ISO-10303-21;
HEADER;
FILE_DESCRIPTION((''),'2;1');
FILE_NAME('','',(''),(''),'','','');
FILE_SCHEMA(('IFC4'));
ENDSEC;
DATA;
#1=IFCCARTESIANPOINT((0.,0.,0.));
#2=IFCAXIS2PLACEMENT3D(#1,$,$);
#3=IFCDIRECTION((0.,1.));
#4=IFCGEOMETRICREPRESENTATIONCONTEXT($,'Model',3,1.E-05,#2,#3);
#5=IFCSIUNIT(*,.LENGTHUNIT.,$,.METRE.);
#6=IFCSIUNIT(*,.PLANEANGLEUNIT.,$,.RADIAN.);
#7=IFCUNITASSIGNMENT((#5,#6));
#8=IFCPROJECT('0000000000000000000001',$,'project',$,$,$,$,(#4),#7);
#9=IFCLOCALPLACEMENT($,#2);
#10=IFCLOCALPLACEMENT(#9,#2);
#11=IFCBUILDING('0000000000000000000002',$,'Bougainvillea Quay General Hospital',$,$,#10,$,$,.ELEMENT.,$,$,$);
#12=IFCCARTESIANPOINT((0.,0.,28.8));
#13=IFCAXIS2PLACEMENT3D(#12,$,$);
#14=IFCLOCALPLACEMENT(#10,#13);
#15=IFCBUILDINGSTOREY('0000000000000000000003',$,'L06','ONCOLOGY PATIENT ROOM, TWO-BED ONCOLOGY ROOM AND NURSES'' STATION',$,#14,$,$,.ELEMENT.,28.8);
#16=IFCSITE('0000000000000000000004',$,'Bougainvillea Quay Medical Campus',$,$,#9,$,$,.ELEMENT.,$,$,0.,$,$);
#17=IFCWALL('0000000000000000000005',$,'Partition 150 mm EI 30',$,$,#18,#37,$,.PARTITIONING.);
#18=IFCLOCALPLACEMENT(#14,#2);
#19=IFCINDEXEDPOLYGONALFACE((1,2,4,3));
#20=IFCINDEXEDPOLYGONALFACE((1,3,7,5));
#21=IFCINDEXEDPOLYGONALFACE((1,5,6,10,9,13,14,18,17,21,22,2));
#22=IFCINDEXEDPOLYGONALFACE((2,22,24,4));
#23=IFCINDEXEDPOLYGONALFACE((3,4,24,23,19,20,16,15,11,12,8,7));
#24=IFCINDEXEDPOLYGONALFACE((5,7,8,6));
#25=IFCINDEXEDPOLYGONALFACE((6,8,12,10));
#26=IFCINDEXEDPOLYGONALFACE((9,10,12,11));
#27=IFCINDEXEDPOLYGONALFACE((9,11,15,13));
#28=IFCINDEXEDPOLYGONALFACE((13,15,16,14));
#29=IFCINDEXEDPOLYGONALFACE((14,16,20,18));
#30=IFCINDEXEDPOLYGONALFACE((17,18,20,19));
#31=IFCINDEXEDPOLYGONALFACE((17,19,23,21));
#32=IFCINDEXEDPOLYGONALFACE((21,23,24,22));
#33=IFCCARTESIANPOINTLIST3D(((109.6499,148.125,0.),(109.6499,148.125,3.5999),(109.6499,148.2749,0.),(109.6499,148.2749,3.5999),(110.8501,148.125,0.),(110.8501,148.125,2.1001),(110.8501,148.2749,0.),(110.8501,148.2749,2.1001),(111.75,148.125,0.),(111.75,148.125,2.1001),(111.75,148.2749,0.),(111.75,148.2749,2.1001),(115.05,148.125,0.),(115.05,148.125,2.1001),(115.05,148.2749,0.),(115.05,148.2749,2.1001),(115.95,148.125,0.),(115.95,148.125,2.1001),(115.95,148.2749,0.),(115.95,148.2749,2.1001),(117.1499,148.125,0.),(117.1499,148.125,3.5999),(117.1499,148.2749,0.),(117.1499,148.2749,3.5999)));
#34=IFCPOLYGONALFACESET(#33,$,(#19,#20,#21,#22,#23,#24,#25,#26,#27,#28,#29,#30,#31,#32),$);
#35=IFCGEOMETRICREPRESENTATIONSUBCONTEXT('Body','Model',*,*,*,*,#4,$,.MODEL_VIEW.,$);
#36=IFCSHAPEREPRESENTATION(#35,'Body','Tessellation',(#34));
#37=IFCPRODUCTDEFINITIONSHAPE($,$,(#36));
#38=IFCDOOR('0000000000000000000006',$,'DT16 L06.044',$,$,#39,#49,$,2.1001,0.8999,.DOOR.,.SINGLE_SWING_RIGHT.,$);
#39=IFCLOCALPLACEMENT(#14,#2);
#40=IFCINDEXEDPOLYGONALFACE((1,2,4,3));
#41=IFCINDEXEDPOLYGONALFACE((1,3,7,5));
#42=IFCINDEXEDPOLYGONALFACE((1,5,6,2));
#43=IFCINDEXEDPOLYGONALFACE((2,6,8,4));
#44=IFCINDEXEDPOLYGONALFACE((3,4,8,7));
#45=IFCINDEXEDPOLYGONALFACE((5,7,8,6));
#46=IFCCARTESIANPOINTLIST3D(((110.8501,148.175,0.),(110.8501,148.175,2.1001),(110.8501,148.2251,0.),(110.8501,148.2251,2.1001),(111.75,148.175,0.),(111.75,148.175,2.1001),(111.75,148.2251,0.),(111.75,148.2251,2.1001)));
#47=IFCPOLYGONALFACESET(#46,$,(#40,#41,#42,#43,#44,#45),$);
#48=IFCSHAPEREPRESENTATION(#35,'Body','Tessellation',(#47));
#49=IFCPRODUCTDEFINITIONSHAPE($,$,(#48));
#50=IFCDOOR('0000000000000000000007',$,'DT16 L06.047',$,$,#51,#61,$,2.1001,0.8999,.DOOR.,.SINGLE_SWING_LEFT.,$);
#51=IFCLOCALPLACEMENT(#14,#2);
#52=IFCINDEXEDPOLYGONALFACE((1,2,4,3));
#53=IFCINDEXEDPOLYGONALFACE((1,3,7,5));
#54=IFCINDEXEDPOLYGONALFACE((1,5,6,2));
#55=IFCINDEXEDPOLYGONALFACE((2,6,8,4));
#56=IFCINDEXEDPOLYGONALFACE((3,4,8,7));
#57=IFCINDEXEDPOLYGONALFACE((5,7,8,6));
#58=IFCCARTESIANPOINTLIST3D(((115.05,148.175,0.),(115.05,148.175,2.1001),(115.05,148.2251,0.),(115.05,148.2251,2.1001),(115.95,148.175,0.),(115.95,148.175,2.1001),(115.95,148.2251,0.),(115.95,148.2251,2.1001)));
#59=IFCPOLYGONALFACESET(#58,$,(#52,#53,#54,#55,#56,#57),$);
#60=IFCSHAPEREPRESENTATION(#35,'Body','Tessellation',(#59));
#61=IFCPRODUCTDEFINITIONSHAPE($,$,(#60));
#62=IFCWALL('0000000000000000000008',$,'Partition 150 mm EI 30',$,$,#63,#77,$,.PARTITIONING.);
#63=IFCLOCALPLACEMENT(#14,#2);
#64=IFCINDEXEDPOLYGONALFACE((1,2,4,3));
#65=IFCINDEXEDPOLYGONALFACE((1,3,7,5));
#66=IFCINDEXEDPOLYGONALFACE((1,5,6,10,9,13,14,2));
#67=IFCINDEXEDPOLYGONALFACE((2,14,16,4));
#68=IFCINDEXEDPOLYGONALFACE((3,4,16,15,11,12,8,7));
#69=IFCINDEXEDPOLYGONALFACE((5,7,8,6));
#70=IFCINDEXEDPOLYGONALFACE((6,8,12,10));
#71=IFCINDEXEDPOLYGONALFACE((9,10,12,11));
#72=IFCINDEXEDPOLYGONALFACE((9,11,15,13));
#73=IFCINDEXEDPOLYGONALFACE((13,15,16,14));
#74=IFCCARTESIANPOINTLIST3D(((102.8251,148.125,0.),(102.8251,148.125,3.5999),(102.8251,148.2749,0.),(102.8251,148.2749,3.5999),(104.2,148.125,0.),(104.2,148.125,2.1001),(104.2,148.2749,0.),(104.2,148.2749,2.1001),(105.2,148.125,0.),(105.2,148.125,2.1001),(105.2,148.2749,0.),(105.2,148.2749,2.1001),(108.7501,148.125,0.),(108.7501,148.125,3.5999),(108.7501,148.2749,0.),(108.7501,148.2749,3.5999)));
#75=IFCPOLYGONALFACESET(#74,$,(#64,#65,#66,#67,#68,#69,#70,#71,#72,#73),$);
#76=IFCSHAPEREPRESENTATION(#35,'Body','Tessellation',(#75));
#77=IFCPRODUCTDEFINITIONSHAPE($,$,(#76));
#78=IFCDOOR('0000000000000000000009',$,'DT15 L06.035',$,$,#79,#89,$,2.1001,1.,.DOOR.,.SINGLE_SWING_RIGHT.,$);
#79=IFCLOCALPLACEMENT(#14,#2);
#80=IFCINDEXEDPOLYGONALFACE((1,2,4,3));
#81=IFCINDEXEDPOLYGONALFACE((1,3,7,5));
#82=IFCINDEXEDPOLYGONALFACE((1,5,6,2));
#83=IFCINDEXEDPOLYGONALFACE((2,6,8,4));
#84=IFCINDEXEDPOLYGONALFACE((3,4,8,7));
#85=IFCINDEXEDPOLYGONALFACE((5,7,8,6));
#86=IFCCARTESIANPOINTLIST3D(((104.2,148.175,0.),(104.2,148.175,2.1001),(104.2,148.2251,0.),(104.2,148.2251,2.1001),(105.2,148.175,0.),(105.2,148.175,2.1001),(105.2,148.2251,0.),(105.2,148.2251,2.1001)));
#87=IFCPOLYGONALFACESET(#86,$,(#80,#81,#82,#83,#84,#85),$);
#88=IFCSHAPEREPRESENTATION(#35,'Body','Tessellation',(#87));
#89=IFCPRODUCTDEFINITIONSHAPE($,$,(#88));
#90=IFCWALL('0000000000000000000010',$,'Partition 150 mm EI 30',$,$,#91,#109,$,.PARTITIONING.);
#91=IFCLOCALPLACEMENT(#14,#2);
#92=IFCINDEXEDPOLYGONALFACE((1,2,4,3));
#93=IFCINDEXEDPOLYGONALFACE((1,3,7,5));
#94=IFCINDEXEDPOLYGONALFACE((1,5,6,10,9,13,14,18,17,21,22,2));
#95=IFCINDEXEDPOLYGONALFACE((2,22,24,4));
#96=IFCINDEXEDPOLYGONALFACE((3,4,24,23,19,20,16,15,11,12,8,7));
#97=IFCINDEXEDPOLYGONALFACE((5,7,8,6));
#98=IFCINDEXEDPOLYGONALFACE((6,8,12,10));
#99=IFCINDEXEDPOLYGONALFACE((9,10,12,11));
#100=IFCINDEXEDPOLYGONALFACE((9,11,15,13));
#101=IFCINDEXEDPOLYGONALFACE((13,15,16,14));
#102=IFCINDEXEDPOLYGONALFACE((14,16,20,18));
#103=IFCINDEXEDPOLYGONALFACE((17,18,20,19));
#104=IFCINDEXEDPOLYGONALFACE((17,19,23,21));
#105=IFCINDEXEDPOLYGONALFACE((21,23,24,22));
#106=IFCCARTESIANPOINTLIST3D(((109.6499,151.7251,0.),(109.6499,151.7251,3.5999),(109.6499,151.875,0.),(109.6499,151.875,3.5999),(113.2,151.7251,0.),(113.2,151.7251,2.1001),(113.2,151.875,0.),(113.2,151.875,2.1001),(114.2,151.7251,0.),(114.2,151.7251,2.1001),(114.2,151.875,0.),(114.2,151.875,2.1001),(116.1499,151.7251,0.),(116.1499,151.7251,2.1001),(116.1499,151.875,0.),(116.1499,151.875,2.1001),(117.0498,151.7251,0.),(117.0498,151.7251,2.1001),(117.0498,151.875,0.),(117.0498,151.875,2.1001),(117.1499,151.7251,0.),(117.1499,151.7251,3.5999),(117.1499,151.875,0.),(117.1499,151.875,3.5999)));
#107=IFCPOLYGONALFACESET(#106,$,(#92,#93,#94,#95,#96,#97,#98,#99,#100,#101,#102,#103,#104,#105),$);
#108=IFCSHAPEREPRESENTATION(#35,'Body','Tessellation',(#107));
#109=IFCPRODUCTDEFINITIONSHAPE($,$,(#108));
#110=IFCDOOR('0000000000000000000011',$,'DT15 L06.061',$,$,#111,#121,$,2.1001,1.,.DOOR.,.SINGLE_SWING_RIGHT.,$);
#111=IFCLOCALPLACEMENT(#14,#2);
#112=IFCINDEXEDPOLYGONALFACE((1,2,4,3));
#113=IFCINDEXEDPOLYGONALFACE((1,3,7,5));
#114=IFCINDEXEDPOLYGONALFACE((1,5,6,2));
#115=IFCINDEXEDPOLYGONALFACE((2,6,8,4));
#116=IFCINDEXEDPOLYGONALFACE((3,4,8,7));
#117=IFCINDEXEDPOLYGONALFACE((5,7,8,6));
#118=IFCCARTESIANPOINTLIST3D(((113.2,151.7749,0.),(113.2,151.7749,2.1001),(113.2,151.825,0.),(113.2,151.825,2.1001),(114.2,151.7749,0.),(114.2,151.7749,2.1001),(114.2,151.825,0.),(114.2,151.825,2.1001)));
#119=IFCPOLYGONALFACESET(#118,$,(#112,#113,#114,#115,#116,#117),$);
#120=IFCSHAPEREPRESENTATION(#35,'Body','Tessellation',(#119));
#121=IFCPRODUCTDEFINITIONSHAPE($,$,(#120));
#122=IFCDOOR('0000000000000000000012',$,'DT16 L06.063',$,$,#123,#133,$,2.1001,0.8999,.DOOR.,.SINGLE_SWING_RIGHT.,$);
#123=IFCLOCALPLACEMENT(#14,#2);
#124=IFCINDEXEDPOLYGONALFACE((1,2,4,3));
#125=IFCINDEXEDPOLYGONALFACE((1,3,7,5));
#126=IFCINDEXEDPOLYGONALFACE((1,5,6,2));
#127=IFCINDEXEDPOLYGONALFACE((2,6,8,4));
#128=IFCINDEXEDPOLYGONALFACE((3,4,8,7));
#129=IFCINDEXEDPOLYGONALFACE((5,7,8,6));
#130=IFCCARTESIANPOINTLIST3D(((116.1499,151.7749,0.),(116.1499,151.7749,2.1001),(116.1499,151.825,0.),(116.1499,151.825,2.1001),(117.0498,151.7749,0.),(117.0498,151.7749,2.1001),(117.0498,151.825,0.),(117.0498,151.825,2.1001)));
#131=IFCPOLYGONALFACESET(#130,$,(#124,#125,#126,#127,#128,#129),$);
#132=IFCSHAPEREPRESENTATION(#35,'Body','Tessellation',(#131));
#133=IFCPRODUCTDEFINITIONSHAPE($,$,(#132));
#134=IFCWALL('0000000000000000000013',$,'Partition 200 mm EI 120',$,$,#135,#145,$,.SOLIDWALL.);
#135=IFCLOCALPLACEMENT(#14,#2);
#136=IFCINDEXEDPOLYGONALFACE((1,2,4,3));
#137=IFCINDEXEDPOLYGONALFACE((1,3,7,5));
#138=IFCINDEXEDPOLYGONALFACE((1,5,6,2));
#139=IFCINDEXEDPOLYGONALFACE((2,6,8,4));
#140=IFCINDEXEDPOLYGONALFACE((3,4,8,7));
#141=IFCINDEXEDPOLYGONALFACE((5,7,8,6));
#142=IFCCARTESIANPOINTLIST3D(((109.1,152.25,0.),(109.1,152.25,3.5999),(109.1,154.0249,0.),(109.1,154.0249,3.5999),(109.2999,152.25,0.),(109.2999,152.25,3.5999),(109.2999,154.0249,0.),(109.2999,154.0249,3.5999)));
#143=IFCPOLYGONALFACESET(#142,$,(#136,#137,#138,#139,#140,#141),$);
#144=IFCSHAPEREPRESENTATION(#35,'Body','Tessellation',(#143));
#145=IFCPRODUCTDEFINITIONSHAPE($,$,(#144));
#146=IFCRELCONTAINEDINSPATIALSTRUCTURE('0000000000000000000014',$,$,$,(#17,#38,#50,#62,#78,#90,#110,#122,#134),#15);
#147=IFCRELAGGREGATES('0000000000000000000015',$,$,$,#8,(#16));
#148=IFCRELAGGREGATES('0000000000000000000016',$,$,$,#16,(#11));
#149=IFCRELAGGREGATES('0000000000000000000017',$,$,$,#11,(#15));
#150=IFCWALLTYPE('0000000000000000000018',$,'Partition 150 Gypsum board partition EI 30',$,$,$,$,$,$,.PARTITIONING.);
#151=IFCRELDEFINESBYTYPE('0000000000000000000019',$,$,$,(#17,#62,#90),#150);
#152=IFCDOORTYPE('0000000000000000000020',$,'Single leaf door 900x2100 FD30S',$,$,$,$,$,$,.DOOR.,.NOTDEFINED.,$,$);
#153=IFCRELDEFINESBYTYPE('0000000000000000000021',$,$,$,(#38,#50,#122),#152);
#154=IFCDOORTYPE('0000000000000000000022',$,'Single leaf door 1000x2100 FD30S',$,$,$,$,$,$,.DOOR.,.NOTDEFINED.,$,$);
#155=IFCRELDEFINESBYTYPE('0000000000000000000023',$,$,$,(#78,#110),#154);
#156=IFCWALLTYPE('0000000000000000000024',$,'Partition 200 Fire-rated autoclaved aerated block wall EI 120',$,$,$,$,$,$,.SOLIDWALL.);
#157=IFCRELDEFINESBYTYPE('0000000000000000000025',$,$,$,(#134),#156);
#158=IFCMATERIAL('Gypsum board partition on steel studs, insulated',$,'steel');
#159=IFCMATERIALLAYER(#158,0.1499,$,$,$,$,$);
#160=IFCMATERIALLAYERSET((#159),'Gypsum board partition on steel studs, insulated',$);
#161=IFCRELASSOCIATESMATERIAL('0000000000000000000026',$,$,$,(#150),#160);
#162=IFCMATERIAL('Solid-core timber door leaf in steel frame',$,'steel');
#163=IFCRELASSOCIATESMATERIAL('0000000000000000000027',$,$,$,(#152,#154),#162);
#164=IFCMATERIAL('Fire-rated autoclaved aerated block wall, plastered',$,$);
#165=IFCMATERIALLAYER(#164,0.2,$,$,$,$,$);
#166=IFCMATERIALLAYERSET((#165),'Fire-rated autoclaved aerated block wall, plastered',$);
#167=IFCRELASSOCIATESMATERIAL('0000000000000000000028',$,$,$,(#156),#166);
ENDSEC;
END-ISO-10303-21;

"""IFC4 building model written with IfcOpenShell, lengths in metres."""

from ifc_helpers import new_model, si_unit, direction, frame, frame_2d, origin, place, context, subcontext, project, spatial, rectangle, extrude, material, layer, layer_set, type_object, element, fill, save


model = new_model("IFC4")

# Units and contexts
model_context = context("Model", 3, precision=1e-05, world=origin(), true_north=direction((0.0, 1.0)))
body_context = subcontext(model_context, "Body", "Model", "MODEL_VIEW")
ifc_project = project(units=[si_unit("LENGTHUNIT", "METRE"), si_unit("PLANEANGLEUNIT", "RADIAN")], contexts=[model_context])

# Site, building, storey
site_placement = place(None, origin())
site = spatial("IfcSite", under=ifc_project, at=site_placement, Name="Bougainvillea Quay Medical Campus", CompositionType="ELEMENT", RefElevation=0.0)
building_placement = place(site_placement, origin())
building = spatial("IfcBuilding", under=site, at=building_placement, Name="Bougainvillea Quay General Hospital", CompositionType="ELEMENT")
storey_placement = place(building_placement, frame((0.0, 0.0, 28.8)))
storey = spatial("IfcBuildingStorey", under=building, at=storey_placement, Name="L06", Description="ONCOLOGY PATIENT ROOM, TWO-BED ONCOLOGY ROOM AND NURSES' STATION", CompositionType="ELEMENT", Elevation=28.8)

# Shared definitions
ifc_material_1 = material(Name="Gypsum board partition on steel studs, insulated", Category="steel")

# Shared definitions
ifc_material_2 = material(Name="Solid-core timber door leaf in steel frame", Category="steel")

# Wall, openings, doors
ifc_layer_1 = layer(ifc_material_1, 0.1499)
ifc_layer_set_1 = layer_set([ifc_layer_1], Name="Gypsum board partition on steel studs, insulated")
wall_type_1 = type_object("IfcWallType", Name="Partition 150 Gypsum board partition EI 30", PredefinedType="PARTITIONING", material=ifc_layer_set_1)
wall_1_placement = place(storey_placement, frame((117.1499, 148.2, 0.0), z_axis=(0.0, 0.0, 1.0), x_axis=(-1.0, 0.0, 0.0)))
wall_1 = element("IfcWall", 1, at=wall_1_placement, inside=storey, type_object=wall_type_1, Name="Partition 150 mm EI 30", PredefinedType="PARTITIONING", context=body_context, shape_type="SweptSolid", body=[
    extrude(rectangle(XDim=7.5, YDim=0.1499, at=frame_2d((3.75, 0.0))), origin(), (0.0, 0.0, 1.0), 3.5999),
])
opening_1_placement = place(wall_1_placement, frame((5.3999, 0.0, 0.0)))
opening_1 = element("IfcOpeningElement", 2, at=opening_1_placement, cuts=wall_1, PredefinedType="OPENING", context=body_context, shape_type="SweptSolid", body=[
    extrude(rectangle(XDim=0.8999, YDim=2.1001, at=frame_2d((0.45, 1.05))), frame((0.0, 0.085, 0.0), z_axis=(0.0, -1.0, 0.0), x_axis=(1.0, 0.0, 0.0)), (0.0, 0.0, 1.0), 0.1699),
])
opening_2_placement = place(wall_1_placement, frame((1.2, 0.0, 0.0)))
opening_2 = element("IfcOpeningElement", 3, at=opening_2_placement, cuts=wall_1, PredefinedType="OPENING", context=body_context, shape_type="SweptSolid", body=[
    extrude(rectangle(XDim=0.8999, YDim=2.1001, at=frame_2d((0.45, 1.05))), frame((0.0, 0.085, 0.0), z_axis=(0.0, -1.0, 0.0), x_axis=(1.0, 0.0, 0.0)), (0.0, 0.0, 1.0), 0.1699),
])
door_type_1 = type_object("IfcDoorType", Name="Single leaf door 900x2100 FD30S", OperationType="NOTDEFINED", PredefinedType="DOOR", material=ifc_material_2)
door_1_placement = place(opening_1_placement, origin())
door_1 = element("IfcDoor", 4, at=door_1_placement, inside=storey, type_object=door_type_1, Name="DT16 L06.044", OperationType="SINGLE_SWING_RIGHT", OverallHeight=2.1001, OverallWidth=0.8999, PredefinedType="DOOR", context=body_context, shape_type="SweptSolid", body=[
    extrude(rectangle(XDim=0.8999, YDim=2.1001, at=frame_2d((0.45, 1.05))), frame((0.0, 0.0249, 0.0), z_axis=(0.0, -1.0, 0.0), x_axis=(1.0, 0.0, 0.0)), (0.0, 0.0, 1.0), 0.05),
])
fill(opening_1, door_1)
door_2_placement = place(opening_2_placement, origin())
door_2 = element("IfcDoor", 5, at=door_2_placement, inside=storey, type_object=door_type_1, Name="DT16 L06.047", OperationType="SINGLE_SWING_LEFT", OverallHeight=2.1001, OverallWidth=0.8999, PredefinedType="DOOR", context=body_context, shape_type="SweptSolid", body=[
    extrude(rectangle(XDim=0.8999, YDim=2.1001, at=frame_2d((0.45, 1.05))), frame((0.0, 0.0249, 0.0), z_axis=(0.0, -1.0, 0.0), x_axis=(1.0, 0.0, 0.0)), (0.0, 0.0, 1.0), 0.05),
])
fill(opening_2, door_2)

# Wall, opening, door
wall_2_placement = place(storey_placement, frame((108.75, 148.2, 0.0), z_axis=(0.0, 0.0, 1.0), x_axis=(-1.0, 0.0, 0.0)))
wall_2 = element("IfcWall", 6, at=wall_2_placement, inside=storey, type_object=wall_type_1, Name="Partition 150 mm EI 30", PredefinedType="PARTITIONING", context=body_context, shape_type="SweptSolid", body=[
    extrude(rectangle(XDim=5.925, YDim=0.1499, at=frame_2d((2.9624, 0.0))), origin(), (0.0, 0.0, 1.0), 3.5999),
])
opening_3_placement = place(wall_2_placement, frame((3.55, 0.0, 0.0)))
opening_3 = element("IfcOpeningElement", 7, at=opening_3_placement, cuts=wall_2, PredefinedType="OPENING", context=body_context, shape_type="SweptSolid", body=[
    extrude(rectangle(XDim=1.0, YDim=2.1001, at=frame_2d((0.5, 1.05))), frame((0.0, 0.085, 0.0), z_axis=(0.0, -1.0, 0.0), x_axis=(1.0, 0.0, 0.0)), (0.0, 0.0, 1.0), 0.1699),
])
door_type_2 = type_object("IfcDoorType", Name="Single leaf door 1000x2100 FD30S", OperationType="NOTDEFINED", PredefinedType="DOOR", material=ifc_material_2)
door_3_placement = place(opening_3_placement, origin())
door_3 = element("IfcDoor", 8, at=door_3_placement, inside=storey, type_object=door_type_2, Name="DT15 L06.035", OperationType="SINGLE_SWING_RIGHT", OverallHeight=2.1001, OverallWidth=1.0, PredefinedType="DOOR", context=body_context, shape_type="SweptSolid", body=[
    extrude(rectangle(XDim=1.0, YDim=2.1001, at=frame_2d((0.5, 1.05))), frame((0.0, 0.0249, 0.0), z_axis=(0.0, -1.0, 0.0), x_axis=(1.0, 0.0, 0.0)), (0.0, 0.0, 1.0), 0.05),
])
fill(opening_3, door_3)

# Wall, openings, doors
wall_3_placement = place(storey_placement, frame((117.1499, 151.8, 0.0), z_axis=(0.0, 0.0, 1.0), x_axis=(-1.0, 0.0, 0.0)))
wall_3 = element("IfcWall", 9, at=wall_3_placement, inside=storey, type_object=wall_type_1, Name="Partition 150 mm EI 30", PredefinedType="PARTITIONING", context=body_context, shape_type="SweptSolid", body=[
    extrude(rectangle(XDim=7.5, YDim=0.1499, at=frame_2d((3.75, 0.0))), origin(), (0.0, 0.0, 1.0), 3.5999),
])
opening_4_placement = place(wall_3_placement, frame((2.95, 0.0, 0.0)))
opening_4 = element("IfcOpeningElement", 10, at=opening_4_placement, cuts=wall_3, PredefinedType="OPENING", context=body_context, shape_type="SweptSolid", body=[
    extrude(rectangle(XDim=1.0, YDim=2.1001, at=frame_2d((0.5, 1.05))), frame((0.0, 0.085, 0.0), z_axis=(0.0, -1.0, 0.0), x_axis=(1.0, 0.0, 0.0)), (0.0, 0.0, 1.0), 0.1699),
])
opening_5_placement = place(wall_3_placement, frame((0.1001, 0.0, 0.0)))
opening_5 = element("IfcOpeningElement", 11, at=opening_5_placement, cuts=wall_3, PredefinedType="OPENING", context=body_context, shape_type="SweptSolid", body=[
    extrude(rectangle(XDim=0.8999, YDim=2.1001, at=frame_2d((0.45, 1.05))), frame((0.0, 0.085, 0.0), z_axis=(0.0, -1.0, 0.0), x_axis=(1.0, 0.0, 0.0)), (0.0, 0.0, 1.0), 0.1699),
])
door_4_placement = place(opening_4_placement, frame((1.0, 0.0, 0.0), z_axis=(0.0, 0.0, 1.0), x_axis=(-1.0, 0.0, 0.0)))
door_4 = element("IfcDoor", 12, at=door_4_placement, inside=storey, type_object=door_type_2, Name="DT15 L06.061", OperationType="SINGLE_SWING_RIGHT", OverallHeight=2.1001, OverallWidth=1.0, PredefinedType="DOOR", context=body_context, shape_type="SweptSolid", body=[
    extrude(rectangle(XDim=1.0, YDim=2.1001, at=frame_2d((0.5, 1.05))), frame((0.0, 0.0249, 0.0), z_axis=(0.0, -1.0, 0.0), x_axis=(1.0, 0.0, 0.0)), (0.0, 0.0, 1.0), 0.05),
])
fill(opening_4, door_4)
door_5_placement = place(opening_5_placement, frame((0.8999, 0.0, 0.0), z_axis=(0.0, 0.0, 1.0), x_axis=(-1.0, 0.0, 0.0)))
door_5 = element("IfcDoor", 13, at=door_5_placement, inside=storey, type_object=door_type_1, Name="DT16 L06.063", OperationType="SINGLE_SWING_RIGHT", OverallHeight=2.1001, OverallWidth=0.8999, PredefinedType="DOOR", context=body_context, shape_type="SweptSolid", body=[
    extrude(rectangle(XDim=0.8999, YDim=2.1001, at=frame_2d((0.45, 1.05))), frame((0.0, 0.0249, 0.0), z_axis=(0.0, -1.0, 0.0), x_axis=(1.0, 0.0, 0.0)), (0.0, 0.0, 1.0), 0.05),
])
fill(opening_5, door_5)

# Wall
ifc_material_3 = material(Name="Fire-rated autoclaved aerated block wall, plastered")
ifc_layer_2 = layer(ifc_material_3, 0.2)
ifc_layer_set_2 = layer_set([ifc_layer_2], Name="Fire-rated autoclaved aerated block wall, plastered")
wall_type_2 = type_object("IfcWallType", Name="Partition 200 Fire-rated autoclaved aerated block wall EI 120", PredefinedType="SOLIDWALL", material=ifc_layer_set_2)
wall_4_placement = place(storey_placement, frame((109.2, 154.0249, 0.0), z_axis=(0.0, 0.0, 1.0), x_axis=(0.0, -1.0, 0.0)))
element("IfcWall", 14, at=wall_4_placement, inside=storey, type_object=wall_type_2, Name="Partition 200 mm EI 120", PredefinedType="SOLIDWALL", context=body_context, shape_type="SweptSolid", body=[
    extrude(rectangle(XDim=1.7749, YDim=0.2, at=frame_2d((0.8875, 0.0))), origin(), (0.0, 0.0, 1.0), 3.5999),
])

save(model, "model.ifc")
